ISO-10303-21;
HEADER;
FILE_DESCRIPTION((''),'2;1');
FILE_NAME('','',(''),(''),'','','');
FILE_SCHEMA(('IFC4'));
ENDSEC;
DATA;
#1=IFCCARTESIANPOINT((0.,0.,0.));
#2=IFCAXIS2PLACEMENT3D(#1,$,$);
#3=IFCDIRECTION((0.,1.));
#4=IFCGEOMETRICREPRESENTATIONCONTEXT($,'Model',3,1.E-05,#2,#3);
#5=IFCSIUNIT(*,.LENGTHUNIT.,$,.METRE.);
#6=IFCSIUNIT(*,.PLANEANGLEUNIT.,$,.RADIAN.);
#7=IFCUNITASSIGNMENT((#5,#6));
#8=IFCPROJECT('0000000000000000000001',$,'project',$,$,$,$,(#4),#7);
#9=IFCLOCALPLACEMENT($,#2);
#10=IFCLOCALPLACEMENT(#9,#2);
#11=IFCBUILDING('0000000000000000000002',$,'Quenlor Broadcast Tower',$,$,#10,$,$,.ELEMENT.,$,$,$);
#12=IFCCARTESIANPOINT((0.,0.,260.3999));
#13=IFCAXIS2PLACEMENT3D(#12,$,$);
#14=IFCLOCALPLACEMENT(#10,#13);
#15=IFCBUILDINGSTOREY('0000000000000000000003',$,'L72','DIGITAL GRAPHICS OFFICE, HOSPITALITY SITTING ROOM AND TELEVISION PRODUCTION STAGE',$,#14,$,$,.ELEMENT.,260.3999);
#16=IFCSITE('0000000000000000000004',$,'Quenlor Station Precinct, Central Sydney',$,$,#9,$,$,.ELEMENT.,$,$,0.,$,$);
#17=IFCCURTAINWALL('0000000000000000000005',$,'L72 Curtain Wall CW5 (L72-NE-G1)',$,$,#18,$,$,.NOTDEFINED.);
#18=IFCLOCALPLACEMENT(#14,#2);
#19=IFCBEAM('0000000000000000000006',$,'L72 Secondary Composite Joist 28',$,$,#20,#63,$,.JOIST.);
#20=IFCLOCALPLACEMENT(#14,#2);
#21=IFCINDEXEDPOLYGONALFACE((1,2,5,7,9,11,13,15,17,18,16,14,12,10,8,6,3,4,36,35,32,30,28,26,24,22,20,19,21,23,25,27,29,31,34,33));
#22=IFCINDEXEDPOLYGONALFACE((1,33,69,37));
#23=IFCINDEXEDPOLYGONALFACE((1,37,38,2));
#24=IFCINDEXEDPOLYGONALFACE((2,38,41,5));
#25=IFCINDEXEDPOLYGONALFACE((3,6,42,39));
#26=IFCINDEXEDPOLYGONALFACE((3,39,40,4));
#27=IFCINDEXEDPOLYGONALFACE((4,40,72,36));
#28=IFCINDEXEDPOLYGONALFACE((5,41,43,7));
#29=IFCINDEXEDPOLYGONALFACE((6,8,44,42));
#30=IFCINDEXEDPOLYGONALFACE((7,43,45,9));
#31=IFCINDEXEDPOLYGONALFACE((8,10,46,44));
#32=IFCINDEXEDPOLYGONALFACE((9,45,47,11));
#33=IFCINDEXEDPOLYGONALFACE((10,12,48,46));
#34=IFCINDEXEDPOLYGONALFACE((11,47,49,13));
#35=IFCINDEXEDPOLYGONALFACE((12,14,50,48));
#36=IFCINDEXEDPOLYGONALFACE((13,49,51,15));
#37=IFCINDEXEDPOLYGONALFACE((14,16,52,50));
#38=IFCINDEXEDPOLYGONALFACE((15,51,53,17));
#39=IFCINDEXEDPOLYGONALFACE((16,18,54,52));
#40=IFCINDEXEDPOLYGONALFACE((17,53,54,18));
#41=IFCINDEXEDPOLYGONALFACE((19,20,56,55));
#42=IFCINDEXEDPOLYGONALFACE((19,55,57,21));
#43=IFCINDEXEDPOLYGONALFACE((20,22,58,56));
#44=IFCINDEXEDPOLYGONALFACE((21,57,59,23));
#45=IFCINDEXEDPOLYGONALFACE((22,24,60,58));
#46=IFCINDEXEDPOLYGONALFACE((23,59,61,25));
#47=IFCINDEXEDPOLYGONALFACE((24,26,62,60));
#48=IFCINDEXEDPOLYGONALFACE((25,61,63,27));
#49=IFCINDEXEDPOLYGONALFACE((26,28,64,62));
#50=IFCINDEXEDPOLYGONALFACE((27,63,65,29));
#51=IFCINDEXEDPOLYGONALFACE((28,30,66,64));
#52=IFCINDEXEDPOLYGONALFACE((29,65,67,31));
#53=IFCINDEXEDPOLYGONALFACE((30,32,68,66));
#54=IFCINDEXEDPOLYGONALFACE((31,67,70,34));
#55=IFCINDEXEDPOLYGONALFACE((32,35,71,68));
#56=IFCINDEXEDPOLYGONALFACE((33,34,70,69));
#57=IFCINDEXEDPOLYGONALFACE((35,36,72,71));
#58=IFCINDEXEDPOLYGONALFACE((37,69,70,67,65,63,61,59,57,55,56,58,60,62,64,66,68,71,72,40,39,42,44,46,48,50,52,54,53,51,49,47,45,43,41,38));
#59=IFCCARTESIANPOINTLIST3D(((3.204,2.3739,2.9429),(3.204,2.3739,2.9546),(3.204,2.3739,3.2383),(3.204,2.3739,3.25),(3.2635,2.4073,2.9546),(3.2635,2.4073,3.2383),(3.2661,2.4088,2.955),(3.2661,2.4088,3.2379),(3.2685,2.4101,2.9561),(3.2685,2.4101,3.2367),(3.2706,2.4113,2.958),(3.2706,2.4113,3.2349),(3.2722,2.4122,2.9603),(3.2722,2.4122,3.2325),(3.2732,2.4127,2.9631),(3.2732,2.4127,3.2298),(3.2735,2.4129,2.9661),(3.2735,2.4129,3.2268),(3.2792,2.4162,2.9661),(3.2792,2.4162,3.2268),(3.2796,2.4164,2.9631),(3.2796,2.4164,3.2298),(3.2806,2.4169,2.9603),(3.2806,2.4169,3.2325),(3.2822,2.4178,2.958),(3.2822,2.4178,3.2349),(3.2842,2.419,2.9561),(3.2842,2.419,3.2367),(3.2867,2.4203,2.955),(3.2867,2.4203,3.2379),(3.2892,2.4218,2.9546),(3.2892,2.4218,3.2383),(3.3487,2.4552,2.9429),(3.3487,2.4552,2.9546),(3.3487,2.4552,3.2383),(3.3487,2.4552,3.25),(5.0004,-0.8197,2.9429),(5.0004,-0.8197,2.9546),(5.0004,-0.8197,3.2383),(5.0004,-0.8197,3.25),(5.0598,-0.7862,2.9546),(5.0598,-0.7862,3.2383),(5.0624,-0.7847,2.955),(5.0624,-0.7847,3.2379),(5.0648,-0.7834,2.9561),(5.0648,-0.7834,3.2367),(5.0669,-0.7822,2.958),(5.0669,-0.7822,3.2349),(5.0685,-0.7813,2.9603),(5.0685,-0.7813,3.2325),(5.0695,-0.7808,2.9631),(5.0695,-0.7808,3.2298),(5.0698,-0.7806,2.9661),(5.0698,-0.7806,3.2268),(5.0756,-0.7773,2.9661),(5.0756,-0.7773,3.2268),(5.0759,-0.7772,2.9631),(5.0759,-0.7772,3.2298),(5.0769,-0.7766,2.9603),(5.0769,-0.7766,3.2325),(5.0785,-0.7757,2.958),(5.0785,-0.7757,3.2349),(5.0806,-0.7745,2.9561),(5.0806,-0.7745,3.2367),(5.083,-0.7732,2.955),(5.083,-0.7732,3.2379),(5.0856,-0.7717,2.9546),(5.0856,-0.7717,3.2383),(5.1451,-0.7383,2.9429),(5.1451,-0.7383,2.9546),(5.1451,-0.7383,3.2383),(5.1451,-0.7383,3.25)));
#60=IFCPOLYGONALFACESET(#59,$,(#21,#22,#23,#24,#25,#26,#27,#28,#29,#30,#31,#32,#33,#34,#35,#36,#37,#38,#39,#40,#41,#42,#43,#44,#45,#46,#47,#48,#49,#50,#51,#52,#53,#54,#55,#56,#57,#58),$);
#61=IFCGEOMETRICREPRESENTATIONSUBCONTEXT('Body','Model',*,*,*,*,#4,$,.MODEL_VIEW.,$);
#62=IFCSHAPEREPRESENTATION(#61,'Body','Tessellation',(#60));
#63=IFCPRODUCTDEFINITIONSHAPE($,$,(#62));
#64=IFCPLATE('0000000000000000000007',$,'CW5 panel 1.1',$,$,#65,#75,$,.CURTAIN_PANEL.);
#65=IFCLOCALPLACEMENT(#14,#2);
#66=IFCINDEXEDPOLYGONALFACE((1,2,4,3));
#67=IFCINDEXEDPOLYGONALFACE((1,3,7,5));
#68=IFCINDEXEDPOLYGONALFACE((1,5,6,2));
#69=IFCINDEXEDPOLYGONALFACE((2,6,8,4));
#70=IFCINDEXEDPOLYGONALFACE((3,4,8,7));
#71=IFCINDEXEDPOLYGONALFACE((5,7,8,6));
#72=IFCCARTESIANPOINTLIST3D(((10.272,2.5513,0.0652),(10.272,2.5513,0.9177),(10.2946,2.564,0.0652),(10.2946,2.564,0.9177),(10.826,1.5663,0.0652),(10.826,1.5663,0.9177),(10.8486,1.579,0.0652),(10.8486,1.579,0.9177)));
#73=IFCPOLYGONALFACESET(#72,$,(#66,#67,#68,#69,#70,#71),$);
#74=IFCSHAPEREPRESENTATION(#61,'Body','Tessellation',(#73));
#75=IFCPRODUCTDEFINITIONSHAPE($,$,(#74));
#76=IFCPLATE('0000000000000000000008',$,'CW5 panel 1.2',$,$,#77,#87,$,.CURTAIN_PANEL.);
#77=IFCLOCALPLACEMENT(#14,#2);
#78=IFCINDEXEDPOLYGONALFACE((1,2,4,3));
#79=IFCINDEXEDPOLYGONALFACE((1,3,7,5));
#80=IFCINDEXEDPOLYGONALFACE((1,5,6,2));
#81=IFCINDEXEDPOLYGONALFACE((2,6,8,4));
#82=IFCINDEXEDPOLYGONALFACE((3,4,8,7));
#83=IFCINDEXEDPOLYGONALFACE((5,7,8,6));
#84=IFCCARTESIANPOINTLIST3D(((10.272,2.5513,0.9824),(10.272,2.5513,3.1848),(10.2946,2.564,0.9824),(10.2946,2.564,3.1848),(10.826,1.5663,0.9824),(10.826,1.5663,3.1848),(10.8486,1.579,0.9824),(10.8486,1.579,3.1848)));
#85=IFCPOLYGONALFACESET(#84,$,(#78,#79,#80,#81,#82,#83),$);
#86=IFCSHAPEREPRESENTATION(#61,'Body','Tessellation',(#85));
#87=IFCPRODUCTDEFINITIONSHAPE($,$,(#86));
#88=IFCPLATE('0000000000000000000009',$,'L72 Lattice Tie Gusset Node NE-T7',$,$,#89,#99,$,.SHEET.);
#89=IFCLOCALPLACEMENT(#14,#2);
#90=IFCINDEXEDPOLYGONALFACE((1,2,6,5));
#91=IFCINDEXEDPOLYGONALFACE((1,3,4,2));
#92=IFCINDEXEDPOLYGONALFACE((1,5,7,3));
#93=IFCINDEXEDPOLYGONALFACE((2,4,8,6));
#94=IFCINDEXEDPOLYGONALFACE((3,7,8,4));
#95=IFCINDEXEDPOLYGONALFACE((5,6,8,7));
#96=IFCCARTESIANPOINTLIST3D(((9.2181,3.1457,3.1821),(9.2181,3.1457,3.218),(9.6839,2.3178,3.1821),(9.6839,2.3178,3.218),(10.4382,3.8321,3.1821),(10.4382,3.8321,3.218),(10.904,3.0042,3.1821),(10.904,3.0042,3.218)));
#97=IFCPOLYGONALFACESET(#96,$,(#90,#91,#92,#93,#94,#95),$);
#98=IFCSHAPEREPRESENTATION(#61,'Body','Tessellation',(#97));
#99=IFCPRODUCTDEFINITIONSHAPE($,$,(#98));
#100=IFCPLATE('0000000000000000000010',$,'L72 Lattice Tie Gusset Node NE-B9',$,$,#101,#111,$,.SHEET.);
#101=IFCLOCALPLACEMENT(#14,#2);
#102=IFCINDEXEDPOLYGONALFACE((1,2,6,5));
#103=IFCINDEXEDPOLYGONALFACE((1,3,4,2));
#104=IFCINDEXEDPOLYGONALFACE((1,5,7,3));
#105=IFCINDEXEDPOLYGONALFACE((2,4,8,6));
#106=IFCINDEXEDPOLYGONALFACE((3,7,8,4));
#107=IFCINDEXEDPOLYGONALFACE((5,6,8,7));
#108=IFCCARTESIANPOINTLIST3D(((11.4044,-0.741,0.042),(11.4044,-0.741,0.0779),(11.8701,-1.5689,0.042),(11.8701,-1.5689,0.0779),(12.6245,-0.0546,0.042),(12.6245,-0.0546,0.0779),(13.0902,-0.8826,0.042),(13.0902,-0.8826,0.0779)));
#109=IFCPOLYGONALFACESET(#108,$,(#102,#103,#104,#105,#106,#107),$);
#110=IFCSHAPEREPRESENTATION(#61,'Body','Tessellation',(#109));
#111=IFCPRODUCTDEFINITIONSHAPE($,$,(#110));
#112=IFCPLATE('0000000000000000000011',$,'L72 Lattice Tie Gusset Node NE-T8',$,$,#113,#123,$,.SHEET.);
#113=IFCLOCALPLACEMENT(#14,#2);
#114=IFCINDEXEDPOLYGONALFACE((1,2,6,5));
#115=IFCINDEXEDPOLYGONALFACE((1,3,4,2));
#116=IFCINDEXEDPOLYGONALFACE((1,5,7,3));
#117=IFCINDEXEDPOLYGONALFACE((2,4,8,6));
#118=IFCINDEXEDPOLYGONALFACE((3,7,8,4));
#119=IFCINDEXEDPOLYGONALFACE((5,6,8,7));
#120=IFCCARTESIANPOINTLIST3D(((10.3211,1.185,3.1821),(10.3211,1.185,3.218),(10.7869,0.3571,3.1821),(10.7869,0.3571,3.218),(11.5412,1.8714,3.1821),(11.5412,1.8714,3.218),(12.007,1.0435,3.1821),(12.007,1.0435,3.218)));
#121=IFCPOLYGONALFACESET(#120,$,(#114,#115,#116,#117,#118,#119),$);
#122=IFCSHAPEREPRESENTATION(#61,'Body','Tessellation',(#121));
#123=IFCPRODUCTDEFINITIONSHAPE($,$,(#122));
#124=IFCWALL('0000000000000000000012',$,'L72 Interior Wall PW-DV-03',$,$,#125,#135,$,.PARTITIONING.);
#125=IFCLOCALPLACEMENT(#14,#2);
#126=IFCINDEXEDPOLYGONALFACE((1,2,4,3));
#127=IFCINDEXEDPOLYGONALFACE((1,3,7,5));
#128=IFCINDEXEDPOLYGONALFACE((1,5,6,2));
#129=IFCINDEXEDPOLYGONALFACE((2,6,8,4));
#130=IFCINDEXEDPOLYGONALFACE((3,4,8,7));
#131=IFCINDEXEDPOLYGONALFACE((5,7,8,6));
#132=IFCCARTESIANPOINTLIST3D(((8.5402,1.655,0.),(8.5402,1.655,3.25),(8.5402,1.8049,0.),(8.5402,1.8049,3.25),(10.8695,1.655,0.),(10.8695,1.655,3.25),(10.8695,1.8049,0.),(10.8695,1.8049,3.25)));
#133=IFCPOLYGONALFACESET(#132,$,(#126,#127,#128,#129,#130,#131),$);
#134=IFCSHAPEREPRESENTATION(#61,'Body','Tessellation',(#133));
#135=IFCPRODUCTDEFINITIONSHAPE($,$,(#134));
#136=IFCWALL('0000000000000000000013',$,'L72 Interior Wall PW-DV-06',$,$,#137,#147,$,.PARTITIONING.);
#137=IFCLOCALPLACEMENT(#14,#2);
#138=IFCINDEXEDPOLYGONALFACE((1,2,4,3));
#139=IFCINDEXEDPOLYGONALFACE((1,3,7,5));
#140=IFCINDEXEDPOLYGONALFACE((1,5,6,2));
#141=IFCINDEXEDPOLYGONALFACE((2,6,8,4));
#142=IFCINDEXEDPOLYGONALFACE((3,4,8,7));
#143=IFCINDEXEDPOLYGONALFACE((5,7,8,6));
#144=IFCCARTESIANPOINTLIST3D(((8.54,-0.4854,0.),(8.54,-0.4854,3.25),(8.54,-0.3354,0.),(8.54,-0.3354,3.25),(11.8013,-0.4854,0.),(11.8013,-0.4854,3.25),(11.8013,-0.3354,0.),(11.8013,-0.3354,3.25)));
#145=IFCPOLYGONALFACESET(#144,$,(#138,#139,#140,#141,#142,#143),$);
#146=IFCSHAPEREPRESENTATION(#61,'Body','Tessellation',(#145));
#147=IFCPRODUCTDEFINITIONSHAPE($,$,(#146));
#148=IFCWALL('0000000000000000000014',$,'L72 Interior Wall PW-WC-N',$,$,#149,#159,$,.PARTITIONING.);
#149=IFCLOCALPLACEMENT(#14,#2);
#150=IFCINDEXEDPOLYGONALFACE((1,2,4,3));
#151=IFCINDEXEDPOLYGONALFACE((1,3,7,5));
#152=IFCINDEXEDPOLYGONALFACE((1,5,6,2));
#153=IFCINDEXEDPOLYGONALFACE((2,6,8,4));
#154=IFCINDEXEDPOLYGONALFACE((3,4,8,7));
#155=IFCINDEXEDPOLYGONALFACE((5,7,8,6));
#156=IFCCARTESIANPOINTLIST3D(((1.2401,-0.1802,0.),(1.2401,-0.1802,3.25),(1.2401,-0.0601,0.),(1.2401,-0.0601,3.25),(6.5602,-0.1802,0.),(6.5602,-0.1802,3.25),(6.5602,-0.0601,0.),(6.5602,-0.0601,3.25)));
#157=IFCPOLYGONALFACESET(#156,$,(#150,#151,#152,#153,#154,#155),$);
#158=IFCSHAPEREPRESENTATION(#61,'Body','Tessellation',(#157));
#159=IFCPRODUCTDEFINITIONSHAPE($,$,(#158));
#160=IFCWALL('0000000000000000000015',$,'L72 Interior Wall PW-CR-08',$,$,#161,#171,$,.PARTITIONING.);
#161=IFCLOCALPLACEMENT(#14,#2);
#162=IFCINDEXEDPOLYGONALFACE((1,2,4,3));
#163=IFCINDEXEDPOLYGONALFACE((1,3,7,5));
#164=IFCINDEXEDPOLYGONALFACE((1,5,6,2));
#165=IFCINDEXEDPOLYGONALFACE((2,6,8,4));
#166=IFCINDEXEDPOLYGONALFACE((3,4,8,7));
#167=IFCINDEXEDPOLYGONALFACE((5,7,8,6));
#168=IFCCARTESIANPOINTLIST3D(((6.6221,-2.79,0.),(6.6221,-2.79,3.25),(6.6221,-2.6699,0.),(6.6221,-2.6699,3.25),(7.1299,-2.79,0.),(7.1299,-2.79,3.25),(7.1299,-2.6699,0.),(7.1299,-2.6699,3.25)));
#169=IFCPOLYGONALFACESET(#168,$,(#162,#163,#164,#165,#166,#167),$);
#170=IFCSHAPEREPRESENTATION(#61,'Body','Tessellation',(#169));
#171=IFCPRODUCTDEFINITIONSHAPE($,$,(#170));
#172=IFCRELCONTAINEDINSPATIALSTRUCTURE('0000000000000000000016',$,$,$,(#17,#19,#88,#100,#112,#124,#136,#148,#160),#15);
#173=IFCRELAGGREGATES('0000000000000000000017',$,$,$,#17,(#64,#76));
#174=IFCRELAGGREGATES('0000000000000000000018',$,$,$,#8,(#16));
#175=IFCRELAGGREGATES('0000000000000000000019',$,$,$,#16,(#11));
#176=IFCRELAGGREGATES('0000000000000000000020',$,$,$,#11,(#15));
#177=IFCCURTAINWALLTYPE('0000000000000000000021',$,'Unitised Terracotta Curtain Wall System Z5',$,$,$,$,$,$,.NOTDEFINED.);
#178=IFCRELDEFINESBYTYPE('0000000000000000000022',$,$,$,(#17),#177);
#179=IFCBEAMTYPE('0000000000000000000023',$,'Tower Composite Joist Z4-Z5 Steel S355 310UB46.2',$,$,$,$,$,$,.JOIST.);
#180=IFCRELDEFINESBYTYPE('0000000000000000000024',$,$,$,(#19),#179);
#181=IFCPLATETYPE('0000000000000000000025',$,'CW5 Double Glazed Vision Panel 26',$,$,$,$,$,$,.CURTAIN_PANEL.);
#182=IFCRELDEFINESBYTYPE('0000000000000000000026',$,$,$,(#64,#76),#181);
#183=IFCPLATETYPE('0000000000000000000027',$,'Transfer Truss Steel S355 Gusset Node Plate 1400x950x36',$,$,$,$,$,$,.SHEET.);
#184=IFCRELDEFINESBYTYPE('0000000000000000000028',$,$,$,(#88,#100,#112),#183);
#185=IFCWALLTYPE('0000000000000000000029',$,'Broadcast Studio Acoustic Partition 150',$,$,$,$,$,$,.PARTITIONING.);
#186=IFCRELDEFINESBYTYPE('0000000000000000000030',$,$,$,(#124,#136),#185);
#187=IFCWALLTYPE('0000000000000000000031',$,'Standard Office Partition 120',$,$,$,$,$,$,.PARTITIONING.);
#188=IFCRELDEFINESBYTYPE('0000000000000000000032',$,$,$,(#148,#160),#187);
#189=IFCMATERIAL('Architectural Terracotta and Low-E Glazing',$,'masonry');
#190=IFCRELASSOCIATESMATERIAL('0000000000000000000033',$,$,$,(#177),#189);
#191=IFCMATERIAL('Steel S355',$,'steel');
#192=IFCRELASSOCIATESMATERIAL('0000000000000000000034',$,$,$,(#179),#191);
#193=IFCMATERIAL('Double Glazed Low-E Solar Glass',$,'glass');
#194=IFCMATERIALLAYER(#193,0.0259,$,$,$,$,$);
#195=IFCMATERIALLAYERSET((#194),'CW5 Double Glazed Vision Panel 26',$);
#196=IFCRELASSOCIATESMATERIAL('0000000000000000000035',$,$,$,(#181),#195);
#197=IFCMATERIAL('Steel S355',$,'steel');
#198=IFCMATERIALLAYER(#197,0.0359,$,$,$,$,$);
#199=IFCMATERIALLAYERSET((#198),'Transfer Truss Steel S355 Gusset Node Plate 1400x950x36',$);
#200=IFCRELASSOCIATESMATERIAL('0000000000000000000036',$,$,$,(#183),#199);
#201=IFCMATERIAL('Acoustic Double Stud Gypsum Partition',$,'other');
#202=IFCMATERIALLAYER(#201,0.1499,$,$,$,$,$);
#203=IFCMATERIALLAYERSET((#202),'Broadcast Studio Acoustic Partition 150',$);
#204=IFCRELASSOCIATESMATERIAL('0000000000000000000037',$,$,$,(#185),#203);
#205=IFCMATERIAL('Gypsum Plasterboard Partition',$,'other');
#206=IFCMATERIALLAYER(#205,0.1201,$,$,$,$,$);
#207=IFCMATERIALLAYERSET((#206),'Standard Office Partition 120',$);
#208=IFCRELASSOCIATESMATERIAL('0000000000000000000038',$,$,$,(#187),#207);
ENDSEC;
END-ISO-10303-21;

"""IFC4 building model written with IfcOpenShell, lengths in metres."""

from ifc_helpers import new_model, si_unit, direction, frame, frame_2d, origin, origin_2d, place, context, subcontext, project, spatial, rectangle, i_section, extrude, material, layer, layer_set, material_profile, profile_set, type_object, element, aggregate, save


model = new_model("IFC4")

# Units and contexts
model_context = context("Model", 3, precision=1e-05, world=origin(), true_north=direction((0.0, 1.0)))
body_context = subcontext(model_context, "Body", "Model", "MODEL_VIEW")
ifc_project = project(units=[si_unit("LENGTHUNIT", "METRE"), si_unit("PLANEANGLEUNIT", "RADIAN")], contexts=[model_context])

# Site, building, storey
site_placement = place(None, origin())
site = spatial("IfcSite", under=ifc_project, at=site_placement, Name="Quenlor Station Precinct, Central Sydney", CompositionType="ELEMENT", RefElevation=0.0)
building_placement = place(site_placement, origin())
building = spatial("IfcBuilding", under=site, at=building_placement, Name="Quenlor Broadcast Tower", CompositionType="ELEMENT")
storey_placement = place(building_placement, frame((0.0, 0.0, 260.3999)))
storey = spatial("IfcBuildingStorey", under=building, at=storey_placement, Name="L72", Description="DIGITAL GRAPHICS OFFICE, HOSPITALITY SITTING ROOM AND TELEVISION PRODUCTION STAGE", CompositionType="ELEMENT", Elevation=260.3999)

# Curtain wall
ifc_material_1 = material(Name="Architectural Terracotta and Low-E Glazing", Category="masonry")
curtain_wall_type = type_object("IfcCurtainWallType", Name="Unitised Terracotta Curtain Wall System Z5", PredefinedType="NOTDEFINED", material=ifc_material_1)
curtain_wall_placement = place(storey_placement, origin())
curtain_wall = element("IfcCurtainWall", 1, at=curtain_wall_placement, inside=storey, type_object=curtain_wall_type, Name="L72 Curtain Wall CW5 (L72-NE-G1)", PredefinedType="NOTDEFINED")

# Beam
ifc_material_2 = material(Name="Steel S355", Category="steel")
ifc_material_profile_1 = material_profile(ifc_material_2, i_section(OverallWidth=0.166, OverallDepth=0.3071, WebThickness=0.0066, FlangeThickness=0.0117, FilletRadius=0.0115, at=origin_2d()))
ifc_profile_set_1 = profile_set([ifc_material_profile_1], Name="Steel S355 310UB46.2")
beam_type_1 = type_object("IfcBeamType", Name="Tower Composite Joist Z4-Z5 Steel S355 310UB46.2", PredefinedType="JOIST", material=ifc_profile_set_1)
beam_1_placement = place(storey_placement, frame((3.2764, 2.4146, 3.0964), z_axis=(0.490258, -0.871577, 0.0), x_axis=(0.871577, 0.490258, 0.0)))
element("IfcBeam", 2, at=beam_1_placement, inside=storey, type_object=beam_type_1, Name="L72 Secondary Composite Joist 28", PredefinedType="JOIST", context=body_context, shape_type="SweptSolid", body=[
    extrude(i_section(OverallWidth=0.166, OverallDepth=0.3071, WebThickness=0.0066, FlangeThickness=0.0117, FilletRadius=0.0115, at=origin_2d()), origin(), (0.0, 0.0, 1.0), 3.6641),
])

# Plates
ifc_material_3 = material(Name="Double Glazed Low-E Solar Glass", Category="glass")
ifc_layer_1 = layer(ifc_material_3, 0.0259)
ifc_layer_set_1 = layer_set([ifc_layer_1], Name="CW5 Double Glazed Vision Panel 26")
plate_type_1 = type_object("IfcPlateType", Name="CW5 Double Glazed Vision Panel 26", PredefinedType="CURTAIN_PANEL", material=ifc_layer_set_1)
plate_1_placement = place(storey_placement, frame((10.5603, 2.0652, 0.0652), z_axis=(0.0, 0.0, 1.0), x_axis=(0.490231, -0.871592, 0.0)))
plate_1 = element("IfcPlate", 3, at=plate_1_placement, type_object=plate_type_1, Name="CW5 panel 1.1", PredefinedType="CURTAIN_PANEL", context=body_context, shape_type="SweptSolid", body=[
    extrude(rectangle(XDim=1.1301, YDim=0.0259, at=origin_2d()), origin(), (0.0, 0.0, 1.0), 0.8525),
])
plate_2_placement = place(storey_placement, frame((10.5603, 2.0652, 0.9824), z_axis=(0.0, 0.0, 1.0), x_axis=(0.490231, -0.871592, 0.0)))
plate_2 = element("IfcPlate", 4, at=plate_2_placement, type_object=plate_type_1, Name="CW5 panel 1.2", PredefinedType="CURTAIN_PANEL", context=body_context, shape_type="SweptSolid", body=[
    extrude(rectangle(XDim=1.1301, YDim=0.0259, at=origin_2d()), origin(), (0.0, 0.0, 1.0), 2.2024),
])
aggregate(curtain_wall, [plate_1, plate_2])

# Plates
ifc_material_4 = material(Name="Steel S355", Category="steel")
ifc_layer_2 = layer(ifc_material_4, 0.0359)
ifc_layer_set_2 = layer_set([ifc_layer_2], Name="Transfer Truss Steel S355 Gusset Node Plate 1400x950x36")
plate_type_2 = type_object("IfcPlateType", Name="Transfer Truss Steel S355 Gusset Node Plate 1400x950x36", PredefinedType="SHEET", material=ifc_layer_set_2)
for number, where, z_axis, x_axis, name in (
    (5, (10.061, 3.075, 3.1821), (0.0, 0.0, 1.0), (0.871556, 0.490295, 0.0), "L72 Lattice Tie Gusset Node NE-T7"),
    (6, (12.2473, -0.8118, 0.042), (0.0, 0.0, 1.0), (0.871556, 0.490295, 0.0), "L72 Lattice Tie Gusset Node NE-B9"),
    (7, (11.1641, 1.1143, 3.1821), (0.0, 0.0, 1.0), (0.871556, 0.490295, 0.0), "L72 Lattice Tie Gusset Node NE-T8"),
):
    element("IfcPlate", number, at=place(storey_placement, frame(where, z_axis=z_axis, x_axis=x_axis)), inside=storey, type_object=plate_type_2, Name=name, PredefinedType="SHEET", context=body_context, shape_type="SweptSolid", body=[
        extrude(rectangle(XDim=1.3999, YDim=0.95, at=origin_2d()), origin(), (0.0, 0.0, 1.0), 0.0359),
    ])

# Walls
ifc_material_5 = material(Name="Acoustic Double Stud Gypsum Partition", Category="other")
ifc_layer_3 = layer(ifc_material_5, 0.1499)
ifc_layer_set_3 = layer_set([ifc_layer_3], Name="Broadcast Studio Acoustic Partition 150")
wall_type_1 = type_object("IfcWallType", Name="Broadcast Studio Acoustic Partition 150", PredefinedType="PARTITIONING", material=ifc_layer_set_3)
wall_1_placement = place(storey_placement, frame((10.8694, 1.73, 0.0), z_axis=(0.0, 0.0, 1.0), x_axis=(-1.0, 0.0, 0.0)))
element("IfcWall", 8, at=wall_1_placement, inside=storey, type_object=wall_type_1, Name="L72 Interior Wall PW-DV-03", PredefinedType="PARTITIONING", context=body_context, shape_type="SweptSolid", body=[
    extrude(rectangle(XDim=2.3293, YDim=0.1499, at=frame_2d((1.1646, 0.0))), origin(), (0.0, 0.0, 1.0), 3.25),
])
wall_2_placement = place(storey_placement, frame((11.8013, -0.4104, 0.0), z_axis=(0.0, 0.0, 1.0), x_axis=(-1.0, 0.0, 0.0)))
element("IfcWall", 9, at=wall_2_placement, inside=storey, type_object=wall_type_1, Name="L72 Interior Wall PW-DV-06", PredefinedType="PARTITIONING", context=body_context, shape_type="SweptSolid", body=[
    extrude(rectangle(XDim=3.2612, YDim=0.1499, at=frame_2d((1.6306, 0.0))), origin(), (0.0, 0.0, 1.0), 3.25),
])
ifc_material_6 = material(Name="Gypsum Plasterboard Partition", Category="other")
ifc_layer_4 = layer(ifc_material_6, 0.1201)
ifc_layer_set_4 = layer_set([ifc_layer_4], Name="Standard Office Partition 120")
wall_type_2 = type_object("IfcWallType", Name="Standard Office Partition 120", PredefinedType="PARTITIONING", material=ifc_layer_set_4)
wall_3_placement = place(storey_placement, frame((1.24, -0.1201, 0.0), z_axis=(0.0, 0.0, 1.0), x_axis=(1.0, 0.0, 0.0)))
element("IfcWall", 10, at=wall_3_placement, inside=storey, type_object=wall_type_2, Name="L72 Interior Wall PW-WC-N", PredefinedType="PARTITIONING", context=body_context, shape_type="SweptSolid", body=[
    extrude(rectangle(XDim=5.3201, YDim=0.1201, at=frame_2d((2.6602, 0.0))), origin(), (0.0, 0.0, 1.0), 3.25),
])
wall_4_placement = place(storey_placement, frame((6.6221, -2.73, 0.0), z_axis=(0.0, 0.0, 1.0), x_axis=(1.0, 0.0, 0.0)))
element("IfcWall", 11, at=wall_4_placement, inside=storey, type_object=wall_type_2, Name="L72 Interior Wall PW-CR-08", PredefinedType="PARTITIONING", context=body_context, shape_type="SweptSolid", body=[
    extrude(rectangle(XDim=0.5078, YDim=0.1201, at=frame_2d((0.2539, 0.0))), origin(), (0.0, 0.0, 1.0), 3.25),
])

save(model, "model.ifc")
